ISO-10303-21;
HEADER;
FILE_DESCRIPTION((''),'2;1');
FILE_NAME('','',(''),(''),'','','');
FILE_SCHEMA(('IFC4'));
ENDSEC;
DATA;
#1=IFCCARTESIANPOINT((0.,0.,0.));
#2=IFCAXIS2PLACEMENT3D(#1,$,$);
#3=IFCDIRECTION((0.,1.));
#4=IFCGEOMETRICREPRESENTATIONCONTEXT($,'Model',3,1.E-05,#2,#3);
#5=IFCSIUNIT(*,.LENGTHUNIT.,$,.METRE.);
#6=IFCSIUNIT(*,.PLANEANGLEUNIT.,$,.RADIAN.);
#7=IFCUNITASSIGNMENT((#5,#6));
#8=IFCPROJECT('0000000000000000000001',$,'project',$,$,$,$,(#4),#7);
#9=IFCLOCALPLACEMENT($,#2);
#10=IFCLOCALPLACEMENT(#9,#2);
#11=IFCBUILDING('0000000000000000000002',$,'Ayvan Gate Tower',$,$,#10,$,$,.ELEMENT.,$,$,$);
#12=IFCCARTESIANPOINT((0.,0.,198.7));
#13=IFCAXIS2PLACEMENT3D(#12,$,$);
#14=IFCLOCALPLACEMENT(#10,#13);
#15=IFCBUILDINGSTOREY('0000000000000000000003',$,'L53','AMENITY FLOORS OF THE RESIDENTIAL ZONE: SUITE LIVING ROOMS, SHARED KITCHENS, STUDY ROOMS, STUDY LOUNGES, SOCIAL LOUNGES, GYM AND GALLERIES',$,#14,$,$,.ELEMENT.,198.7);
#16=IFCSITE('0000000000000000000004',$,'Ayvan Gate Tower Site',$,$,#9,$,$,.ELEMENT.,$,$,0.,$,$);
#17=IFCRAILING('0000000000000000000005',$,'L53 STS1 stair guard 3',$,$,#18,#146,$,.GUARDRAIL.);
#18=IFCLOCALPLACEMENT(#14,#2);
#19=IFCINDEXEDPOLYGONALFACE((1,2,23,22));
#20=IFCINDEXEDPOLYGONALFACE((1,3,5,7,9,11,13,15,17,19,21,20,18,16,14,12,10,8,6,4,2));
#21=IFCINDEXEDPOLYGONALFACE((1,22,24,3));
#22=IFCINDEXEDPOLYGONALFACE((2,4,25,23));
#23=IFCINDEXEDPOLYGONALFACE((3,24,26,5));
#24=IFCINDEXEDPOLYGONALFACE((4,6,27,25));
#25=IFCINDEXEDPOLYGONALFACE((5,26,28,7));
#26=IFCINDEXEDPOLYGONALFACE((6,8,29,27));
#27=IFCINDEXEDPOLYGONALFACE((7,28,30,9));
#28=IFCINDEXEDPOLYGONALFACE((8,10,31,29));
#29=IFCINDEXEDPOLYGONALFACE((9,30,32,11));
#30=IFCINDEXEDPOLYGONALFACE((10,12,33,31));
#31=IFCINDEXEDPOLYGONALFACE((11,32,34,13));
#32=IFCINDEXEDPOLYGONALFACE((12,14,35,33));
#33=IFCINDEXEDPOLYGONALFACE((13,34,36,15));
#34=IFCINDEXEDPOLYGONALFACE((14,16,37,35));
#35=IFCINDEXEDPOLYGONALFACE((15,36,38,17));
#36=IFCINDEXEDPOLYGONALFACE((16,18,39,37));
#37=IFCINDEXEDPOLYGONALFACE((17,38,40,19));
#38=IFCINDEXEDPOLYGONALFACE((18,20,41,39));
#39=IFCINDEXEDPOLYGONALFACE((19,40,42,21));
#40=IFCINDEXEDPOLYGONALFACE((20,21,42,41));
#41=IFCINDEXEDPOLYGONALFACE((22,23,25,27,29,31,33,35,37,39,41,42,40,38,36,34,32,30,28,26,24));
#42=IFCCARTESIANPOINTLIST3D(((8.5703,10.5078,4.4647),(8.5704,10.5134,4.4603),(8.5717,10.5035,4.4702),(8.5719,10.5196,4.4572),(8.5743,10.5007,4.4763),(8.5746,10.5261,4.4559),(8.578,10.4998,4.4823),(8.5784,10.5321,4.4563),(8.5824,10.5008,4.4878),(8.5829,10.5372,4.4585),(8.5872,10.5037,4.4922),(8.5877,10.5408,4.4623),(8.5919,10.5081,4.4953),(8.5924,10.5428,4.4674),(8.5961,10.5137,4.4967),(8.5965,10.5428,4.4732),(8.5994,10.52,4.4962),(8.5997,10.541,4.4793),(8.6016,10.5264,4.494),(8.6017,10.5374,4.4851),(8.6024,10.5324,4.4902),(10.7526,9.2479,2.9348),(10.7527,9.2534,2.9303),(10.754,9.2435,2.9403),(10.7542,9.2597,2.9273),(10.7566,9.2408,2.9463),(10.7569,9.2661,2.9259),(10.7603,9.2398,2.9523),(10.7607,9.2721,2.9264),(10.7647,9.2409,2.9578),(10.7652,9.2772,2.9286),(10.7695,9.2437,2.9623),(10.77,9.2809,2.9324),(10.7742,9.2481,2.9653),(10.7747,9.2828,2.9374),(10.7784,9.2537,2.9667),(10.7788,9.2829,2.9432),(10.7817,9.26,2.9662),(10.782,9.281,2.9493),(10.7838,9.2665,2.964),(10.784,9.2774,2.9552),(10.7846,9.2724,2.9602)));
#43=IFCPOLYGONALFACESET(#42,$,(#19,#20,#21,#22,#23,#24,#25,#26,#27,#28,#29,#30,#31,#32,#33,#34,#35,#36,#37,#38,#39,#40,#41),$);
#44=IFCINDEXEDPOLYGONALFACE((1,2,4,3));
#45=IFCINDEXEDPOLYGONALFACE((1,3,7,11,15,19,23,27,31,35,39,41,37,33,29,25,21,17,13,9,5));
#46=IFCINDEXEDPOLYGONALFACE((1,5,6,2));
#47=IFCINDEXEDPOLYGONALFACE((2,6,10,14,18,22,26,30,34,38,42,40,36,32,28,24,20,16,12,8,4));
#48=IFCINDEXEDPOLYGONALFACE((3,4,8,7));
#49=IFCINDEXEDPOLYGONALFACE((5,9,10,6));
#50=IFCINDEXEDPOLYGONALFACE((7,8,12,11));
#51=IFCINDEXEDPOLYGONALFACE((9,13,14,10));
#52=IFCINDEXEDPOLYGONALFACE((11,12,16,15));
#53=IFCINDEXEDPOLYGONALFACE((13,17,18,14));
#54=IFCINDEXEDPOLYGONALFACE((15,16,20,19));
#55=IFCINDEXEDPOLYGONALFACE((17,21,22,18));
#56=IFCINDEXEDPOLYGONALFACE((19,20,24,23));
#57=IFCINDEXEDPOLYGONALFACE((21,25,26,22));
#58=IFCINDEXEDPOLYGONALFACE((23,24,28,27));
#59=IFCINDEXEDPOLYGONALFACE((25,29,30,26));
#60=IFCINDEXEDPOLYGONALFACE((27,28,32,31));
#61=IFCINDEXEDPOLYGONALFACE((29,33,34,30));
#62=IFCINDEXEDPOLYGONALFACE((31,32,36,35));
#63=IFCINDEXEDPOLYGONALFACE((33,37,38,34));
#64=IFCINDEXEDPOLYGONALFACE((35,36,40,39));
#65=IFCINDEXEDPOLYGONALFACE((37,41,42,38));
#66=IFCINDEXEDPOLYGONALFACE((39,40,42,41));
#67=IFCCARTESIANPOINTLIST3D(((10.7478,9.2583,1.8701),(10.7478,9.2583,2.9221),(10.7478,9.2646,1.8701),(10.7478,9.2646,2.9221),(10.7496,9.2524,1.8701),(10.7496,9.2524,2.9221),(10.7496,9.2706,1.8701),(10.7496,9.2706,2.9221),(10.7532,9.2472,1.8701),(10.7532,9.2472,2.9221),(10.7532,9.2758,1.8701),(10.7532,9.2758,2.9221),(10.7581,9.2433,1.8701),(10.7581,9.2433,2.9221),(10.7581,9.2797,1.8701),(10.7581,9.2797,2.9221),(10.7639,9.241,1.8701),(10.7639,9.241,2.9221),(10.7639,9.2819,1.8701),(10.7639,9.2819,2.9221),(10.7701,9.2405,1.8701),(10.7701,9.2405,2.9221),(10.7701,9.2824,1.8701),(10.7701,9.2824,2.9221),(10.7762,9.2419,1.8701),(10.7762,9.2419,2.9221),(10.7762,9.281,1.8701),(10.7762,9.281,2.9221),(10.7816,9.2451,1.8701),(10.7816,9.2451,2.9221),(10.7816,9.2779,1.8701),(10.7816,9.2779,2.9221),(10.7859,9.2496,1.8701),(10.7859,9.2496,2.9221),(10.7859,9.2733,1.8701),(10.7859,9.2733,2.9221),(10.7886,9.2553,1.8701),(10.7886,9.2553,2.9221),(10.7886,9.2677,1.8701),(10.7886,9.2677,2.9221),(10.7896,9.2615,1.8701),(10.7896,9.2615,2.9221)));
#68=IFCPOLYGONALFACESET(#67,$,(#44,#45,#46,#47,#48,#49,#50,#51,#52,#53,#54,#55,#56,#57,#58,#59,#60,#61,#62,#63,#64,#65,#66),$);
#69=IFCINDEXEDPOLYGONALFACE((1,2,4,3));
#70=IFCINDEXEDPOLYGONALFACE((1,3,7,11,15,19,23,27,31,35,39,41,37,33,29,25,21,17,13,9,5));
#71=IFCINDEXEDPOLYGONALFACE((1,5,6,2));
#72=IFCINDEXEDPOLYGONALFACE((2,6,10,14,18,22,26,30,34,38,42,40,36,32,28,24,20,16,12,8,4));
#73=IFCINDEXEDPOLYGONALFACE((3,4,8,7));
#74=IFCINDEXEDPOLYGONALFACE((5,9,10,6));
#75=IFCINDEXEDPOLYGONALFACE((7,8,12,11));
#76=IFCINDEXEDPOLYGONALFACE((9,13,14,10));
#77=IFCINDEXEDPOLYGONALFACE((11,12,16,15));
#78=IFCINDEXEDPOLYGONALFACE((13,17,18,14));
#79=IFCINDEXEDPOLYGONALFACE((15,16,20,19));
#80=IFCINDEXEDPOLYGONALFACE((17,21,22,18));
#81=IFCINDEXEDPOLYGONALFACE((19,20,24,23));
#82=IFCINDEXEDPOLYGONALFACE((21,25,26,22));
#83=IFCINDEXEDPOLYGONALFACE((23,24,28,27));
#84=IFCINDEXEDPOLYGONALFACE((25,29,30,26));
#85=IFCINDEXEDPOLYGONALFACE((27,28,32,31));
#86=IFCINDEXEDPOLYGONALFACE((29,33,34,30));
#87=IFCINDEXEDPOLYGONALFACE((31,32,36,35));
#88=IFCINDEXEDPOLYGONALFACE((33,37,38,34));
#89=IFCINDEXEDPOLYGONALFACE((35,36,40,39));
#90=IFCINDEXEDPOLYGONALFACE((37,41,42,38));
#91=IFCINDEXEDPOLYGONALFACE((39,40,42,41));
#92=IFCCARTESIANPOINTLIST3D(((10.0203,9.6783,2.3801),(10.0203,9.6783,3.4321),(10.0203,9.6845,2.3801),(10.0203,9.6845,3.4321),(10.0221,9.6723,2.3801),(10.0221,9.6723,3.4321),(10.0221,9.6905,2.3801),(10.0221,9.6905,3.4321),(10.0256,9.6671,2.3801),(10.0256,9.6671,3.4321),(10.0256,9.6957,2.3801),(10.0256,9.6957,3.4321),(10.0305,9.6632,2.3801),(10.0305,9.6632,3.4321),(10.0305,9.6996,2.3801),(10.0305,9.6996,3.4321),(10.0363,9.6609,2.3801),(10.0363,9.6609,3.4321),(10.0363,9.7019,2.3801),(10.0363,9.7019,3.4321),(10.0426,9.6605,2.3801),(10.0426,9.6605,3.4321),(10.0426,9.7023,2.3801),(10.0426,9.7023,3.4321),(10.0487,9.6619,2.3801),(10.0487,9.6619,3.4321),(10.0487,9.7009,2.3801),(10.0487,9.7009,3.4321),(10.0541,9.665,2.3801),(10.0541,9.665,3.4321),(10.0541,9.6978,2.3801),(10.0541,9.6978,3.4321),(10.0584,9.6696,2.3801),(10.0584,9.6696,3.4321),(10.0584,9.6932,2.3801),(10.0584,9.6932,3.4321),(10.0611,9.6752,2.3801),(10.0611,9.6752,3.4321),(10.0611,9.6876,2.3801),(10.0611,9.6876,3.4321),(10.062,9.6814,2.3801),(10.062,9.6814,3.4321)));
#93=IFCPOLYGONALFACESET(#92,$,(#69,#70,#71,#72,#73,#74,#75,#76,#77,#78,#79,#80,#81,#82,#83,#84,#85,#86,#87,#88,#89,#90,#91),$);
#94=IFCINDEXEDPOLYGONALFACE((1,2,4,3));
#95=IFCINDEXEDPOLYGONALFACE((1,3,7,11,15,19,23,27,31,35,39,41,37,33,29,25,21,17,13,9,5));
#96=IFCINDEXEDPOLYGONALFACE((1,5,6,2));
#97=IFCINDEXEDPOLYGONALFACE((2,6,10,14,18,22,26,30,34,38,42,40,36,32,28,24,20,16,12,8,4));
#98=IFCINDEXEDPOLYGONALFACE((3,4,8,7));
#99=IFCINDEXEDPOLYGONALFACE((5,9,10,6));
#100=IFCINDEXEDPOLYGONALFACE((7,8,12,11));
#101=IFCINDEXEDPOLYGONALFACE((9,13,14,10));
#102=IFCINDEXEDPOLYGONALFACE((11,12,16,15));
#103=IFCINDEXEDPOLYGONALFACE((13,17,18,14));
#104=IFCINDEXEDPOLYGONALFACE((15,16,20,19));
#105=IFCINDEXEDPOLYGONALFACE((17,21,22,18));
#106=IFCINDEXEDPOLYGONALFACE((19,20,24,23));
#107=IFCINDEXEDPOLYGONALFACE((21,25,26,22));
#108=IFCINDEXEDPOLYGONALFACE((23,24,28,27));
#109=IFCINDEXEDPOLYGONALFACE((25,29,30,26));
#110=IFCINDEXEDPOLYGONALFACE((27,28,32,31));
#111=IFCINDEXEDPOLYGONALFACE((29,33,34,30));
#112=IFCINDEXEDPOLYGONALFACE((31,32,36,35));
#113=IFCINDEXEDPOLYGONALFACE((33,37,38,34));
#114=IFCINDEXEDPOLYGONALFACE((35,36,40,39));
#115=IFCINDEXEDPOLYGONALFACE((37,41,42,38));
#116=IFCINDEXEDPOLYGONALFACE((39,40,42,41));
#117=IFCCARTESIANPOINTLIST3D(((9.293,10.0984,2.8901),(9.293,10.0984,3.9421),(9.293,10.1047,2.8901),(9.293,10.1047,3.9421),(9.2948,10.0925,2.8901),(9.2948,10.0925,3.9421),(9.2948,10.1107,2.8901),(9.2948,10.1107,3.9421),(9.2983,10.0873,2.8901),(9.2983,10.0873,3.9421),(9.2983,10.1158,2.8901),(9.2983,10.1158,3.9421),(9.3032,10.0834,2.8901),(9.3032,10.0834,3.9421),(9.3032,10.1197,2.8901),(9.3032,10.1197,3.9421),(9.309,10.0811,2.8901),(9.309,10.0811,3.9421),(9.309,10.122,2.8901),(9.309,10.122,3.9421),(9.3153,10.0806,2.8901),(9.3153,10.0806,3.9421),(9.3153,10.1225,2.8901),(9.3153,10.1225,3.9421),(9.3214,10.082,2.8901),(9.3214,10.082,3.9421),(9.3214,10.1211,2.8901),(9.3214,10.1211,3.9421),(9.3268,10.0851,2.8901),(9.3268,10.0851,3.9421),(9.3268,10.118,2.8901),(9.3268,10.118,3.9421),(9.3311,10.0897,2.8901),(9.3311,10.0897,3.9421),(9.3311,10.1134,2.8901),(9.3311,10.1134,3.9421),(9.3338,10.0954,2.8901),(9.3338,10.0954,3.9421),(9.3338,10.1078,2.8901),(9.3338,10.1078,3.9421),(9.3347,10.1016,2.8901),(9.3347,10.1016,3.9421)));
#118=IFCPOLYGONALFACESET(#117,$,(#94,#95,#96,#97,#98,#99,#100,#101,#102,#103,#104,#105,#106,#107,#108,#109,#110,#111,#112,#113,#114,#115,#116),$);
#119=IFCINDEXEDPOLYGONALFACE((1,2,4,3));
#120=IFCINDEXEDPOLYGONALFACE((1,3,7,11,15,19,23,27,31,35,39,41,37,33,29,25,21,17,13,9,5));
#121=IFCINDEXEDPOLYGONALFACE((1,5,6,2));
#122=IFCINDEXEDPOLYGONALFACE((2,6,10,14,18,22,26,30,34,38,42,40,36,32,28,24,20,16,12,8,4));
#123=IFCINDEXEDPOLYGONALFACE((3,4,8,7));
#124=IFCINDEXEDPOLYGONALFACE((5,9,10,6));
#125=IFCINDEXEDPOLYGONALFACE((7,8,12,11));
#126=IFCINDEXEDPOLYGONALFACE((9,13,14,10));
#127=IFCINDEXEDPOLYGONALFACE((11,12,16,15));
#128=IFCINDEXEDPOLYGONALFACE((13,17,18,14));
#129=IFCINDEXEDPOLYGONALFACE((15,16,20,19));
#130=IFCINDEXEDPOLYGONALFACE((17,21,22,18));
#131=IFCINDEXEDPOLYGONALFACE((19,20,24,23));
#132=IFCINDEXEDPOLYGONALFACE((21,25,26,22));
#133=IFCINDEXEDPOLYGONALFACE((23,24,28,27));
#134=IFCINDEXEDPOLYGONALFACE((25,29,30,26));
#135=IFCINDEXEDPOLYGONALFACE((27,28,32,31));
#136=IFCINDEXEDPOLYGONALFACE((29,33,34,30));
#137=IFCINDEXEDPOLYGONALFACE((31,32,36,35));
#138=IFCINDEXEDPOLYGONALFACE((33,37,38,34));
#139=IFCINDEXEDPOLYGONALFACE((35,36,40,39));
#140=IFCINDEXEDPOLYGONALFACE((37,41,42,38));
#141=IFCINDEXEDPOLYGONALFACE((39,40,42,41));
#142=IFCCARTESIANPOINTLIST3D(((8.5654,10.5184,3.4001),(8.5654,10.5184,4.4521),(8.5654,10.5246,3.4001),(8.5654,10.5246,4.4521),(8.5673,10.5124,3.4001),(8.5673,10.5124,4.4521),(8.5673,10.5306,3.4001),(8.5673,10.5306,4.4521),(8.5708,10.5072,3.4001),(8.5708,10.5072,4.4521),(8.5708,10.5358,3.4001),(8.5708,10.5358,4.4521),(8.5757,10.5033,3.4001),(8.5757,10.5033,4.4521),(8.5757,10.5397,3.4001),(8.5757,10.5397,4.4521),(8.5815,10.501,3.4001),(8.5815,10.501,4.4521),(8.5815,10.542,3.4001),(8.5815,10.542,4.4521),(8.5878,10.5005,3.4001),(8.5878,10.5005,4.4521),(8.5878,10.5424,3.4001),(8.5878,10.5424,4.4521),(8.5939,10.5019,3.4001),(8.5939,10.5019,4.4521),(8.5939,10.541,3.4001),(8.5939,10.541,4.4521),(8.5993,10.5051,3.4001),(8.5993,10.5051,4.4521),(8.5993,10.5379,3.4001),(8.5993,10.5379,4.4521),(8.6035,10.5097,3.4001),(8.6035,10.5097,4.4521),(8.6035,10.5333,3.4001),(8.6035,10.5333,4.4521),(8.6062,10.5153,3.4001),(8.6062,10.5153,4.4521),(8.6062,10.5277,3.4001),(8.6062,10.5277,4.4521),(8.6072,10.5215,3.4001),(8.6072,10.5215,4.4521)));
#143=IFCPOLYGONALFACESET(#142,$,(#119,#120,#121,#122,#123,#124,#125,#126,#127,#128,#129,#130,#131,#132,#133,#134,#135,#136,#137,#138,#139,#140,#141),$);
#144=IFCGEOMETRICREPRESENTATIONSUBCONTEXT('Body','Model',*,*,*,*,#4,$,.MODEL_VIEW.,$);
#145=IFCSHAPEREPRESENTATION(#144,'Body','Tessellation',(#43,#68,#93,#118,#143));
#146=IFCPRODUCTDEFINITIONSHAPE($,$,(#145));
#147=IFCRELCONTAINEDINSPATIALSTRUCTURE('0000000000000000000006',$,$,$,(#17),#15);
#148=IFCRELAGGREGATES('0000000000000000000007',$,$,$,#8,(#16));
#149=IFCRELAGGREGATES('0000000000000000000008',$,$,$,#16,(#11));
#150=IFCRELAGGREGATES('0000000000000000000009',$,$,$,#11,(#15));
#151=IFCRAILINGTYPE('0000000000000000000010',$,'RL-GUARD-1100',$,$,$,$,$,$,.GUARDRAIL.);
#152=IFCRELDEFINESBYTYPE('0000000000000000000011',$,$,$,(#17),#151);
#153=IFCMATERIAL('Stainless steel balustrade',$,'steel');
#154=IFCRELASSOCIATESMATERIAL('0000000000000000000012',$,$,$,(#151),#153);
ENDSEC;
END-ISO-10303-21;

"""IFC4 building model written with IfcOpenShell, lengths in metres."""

from ifc_helpers import new_model, si_unit, direction, frame, origin, origin_2d, place, context, subcontext, project, spatial, circle, extrude, material, type_object, element, save


model = new_model("IFC4")

# Units and contexts
model_context = context("Model", 3, precision=1e-05, world=origin(), true_north=direction((0.0, 1.0)))
body_context = subcontext(model_context, "Body", "Model", "MODEL_VIEW")
ifc_project = project(units=[si_unit("LENGTHUNIT", "METRE"), si_unit("PLANEANGLEUNIT", "RADIAN")], contexts=[model_context])

# Site, building, storey
site_placement = place(None, origin())
site = spatial("IfcSite", under=ifc_project, at=site_placement, Name="Ayvan Gate Tower Site", CompositionType="ELEMENT", RefElevation=0.0)
building_placement = place(site_placement, origin())
building = spatial("IfcBuilding", under=site, at=building_placement, Name="Ayvan Gate Tower", CompositionType="ELEMENT")
storey_placement = place(building_placement, frame((0.0, 0.0, 198.7)))
storey = spatial("IfcBuildingStorey", under=building, at=storey_placement, Name="L53", Description="AMENITY FLOORS OF THE RESIDENTIAL ZONE: SUITE LIVING ROOMS, SHARED KITCHENS, STUDY ROOMS, STUDY LOUNGES, SOCIAL LOUNGES, GYM AND GALLERIES", CompositionType="ELEMENT", Elevation=198.7)

# Railing
ifc_material_1 = material(Name="Stainless steel balustrade", Category="steel")
railing_type_1 = type_object("IfcRailingType", Name="RL-GUARD-1100", PredefinedType="GUARDRAIL", material=ifc_material_1)
railing_1_placement = place(storey_placement, frame((10.7686, 9.2615, 1.8701)))
element("IfcRailing", 1, at=railing_1_placement, inside=storey, type_object=railing_type_1, Name="L53 STS1 stair guard 3", PredefinedType="GUARDRAIL", context=body_context, shape_type="SweptSolid", body=[
    extrude(circle(Radius=0.0239, at=origin_2d()), frame((0.0, 0.0, 1.0762), z_axis=(-0.740261, 0.427395, 0.518986), x_axis=(-0.500005, -0.866023, 0.0)), (0.0, 0.0, 1.0), 2.948),
    extrude(circle(Radius=0.021, at=origin_2d()), origin(), (0.0, 0.0, 1.0), 1.052),
    extrude(circle(Radius=0.021, at=origin_2d()), frame((-0.7275, 0.4199, 0.51)), (0.0, 0.0, 1.0), 1.052),
    extrude(circle(Radius=0.021, at=origin_2d()), frame((-1.4548, 0.8401, 1.02)), (0.0, 0.0, 1.0), 1.052),
    extrude(circle(Radius=0.021, at=origin_2d()), frame((-2.1824, 1.26, 1.53)), (0.0, 0.0, 1.0), 1.052),
])

save(model, "model.ifc")
